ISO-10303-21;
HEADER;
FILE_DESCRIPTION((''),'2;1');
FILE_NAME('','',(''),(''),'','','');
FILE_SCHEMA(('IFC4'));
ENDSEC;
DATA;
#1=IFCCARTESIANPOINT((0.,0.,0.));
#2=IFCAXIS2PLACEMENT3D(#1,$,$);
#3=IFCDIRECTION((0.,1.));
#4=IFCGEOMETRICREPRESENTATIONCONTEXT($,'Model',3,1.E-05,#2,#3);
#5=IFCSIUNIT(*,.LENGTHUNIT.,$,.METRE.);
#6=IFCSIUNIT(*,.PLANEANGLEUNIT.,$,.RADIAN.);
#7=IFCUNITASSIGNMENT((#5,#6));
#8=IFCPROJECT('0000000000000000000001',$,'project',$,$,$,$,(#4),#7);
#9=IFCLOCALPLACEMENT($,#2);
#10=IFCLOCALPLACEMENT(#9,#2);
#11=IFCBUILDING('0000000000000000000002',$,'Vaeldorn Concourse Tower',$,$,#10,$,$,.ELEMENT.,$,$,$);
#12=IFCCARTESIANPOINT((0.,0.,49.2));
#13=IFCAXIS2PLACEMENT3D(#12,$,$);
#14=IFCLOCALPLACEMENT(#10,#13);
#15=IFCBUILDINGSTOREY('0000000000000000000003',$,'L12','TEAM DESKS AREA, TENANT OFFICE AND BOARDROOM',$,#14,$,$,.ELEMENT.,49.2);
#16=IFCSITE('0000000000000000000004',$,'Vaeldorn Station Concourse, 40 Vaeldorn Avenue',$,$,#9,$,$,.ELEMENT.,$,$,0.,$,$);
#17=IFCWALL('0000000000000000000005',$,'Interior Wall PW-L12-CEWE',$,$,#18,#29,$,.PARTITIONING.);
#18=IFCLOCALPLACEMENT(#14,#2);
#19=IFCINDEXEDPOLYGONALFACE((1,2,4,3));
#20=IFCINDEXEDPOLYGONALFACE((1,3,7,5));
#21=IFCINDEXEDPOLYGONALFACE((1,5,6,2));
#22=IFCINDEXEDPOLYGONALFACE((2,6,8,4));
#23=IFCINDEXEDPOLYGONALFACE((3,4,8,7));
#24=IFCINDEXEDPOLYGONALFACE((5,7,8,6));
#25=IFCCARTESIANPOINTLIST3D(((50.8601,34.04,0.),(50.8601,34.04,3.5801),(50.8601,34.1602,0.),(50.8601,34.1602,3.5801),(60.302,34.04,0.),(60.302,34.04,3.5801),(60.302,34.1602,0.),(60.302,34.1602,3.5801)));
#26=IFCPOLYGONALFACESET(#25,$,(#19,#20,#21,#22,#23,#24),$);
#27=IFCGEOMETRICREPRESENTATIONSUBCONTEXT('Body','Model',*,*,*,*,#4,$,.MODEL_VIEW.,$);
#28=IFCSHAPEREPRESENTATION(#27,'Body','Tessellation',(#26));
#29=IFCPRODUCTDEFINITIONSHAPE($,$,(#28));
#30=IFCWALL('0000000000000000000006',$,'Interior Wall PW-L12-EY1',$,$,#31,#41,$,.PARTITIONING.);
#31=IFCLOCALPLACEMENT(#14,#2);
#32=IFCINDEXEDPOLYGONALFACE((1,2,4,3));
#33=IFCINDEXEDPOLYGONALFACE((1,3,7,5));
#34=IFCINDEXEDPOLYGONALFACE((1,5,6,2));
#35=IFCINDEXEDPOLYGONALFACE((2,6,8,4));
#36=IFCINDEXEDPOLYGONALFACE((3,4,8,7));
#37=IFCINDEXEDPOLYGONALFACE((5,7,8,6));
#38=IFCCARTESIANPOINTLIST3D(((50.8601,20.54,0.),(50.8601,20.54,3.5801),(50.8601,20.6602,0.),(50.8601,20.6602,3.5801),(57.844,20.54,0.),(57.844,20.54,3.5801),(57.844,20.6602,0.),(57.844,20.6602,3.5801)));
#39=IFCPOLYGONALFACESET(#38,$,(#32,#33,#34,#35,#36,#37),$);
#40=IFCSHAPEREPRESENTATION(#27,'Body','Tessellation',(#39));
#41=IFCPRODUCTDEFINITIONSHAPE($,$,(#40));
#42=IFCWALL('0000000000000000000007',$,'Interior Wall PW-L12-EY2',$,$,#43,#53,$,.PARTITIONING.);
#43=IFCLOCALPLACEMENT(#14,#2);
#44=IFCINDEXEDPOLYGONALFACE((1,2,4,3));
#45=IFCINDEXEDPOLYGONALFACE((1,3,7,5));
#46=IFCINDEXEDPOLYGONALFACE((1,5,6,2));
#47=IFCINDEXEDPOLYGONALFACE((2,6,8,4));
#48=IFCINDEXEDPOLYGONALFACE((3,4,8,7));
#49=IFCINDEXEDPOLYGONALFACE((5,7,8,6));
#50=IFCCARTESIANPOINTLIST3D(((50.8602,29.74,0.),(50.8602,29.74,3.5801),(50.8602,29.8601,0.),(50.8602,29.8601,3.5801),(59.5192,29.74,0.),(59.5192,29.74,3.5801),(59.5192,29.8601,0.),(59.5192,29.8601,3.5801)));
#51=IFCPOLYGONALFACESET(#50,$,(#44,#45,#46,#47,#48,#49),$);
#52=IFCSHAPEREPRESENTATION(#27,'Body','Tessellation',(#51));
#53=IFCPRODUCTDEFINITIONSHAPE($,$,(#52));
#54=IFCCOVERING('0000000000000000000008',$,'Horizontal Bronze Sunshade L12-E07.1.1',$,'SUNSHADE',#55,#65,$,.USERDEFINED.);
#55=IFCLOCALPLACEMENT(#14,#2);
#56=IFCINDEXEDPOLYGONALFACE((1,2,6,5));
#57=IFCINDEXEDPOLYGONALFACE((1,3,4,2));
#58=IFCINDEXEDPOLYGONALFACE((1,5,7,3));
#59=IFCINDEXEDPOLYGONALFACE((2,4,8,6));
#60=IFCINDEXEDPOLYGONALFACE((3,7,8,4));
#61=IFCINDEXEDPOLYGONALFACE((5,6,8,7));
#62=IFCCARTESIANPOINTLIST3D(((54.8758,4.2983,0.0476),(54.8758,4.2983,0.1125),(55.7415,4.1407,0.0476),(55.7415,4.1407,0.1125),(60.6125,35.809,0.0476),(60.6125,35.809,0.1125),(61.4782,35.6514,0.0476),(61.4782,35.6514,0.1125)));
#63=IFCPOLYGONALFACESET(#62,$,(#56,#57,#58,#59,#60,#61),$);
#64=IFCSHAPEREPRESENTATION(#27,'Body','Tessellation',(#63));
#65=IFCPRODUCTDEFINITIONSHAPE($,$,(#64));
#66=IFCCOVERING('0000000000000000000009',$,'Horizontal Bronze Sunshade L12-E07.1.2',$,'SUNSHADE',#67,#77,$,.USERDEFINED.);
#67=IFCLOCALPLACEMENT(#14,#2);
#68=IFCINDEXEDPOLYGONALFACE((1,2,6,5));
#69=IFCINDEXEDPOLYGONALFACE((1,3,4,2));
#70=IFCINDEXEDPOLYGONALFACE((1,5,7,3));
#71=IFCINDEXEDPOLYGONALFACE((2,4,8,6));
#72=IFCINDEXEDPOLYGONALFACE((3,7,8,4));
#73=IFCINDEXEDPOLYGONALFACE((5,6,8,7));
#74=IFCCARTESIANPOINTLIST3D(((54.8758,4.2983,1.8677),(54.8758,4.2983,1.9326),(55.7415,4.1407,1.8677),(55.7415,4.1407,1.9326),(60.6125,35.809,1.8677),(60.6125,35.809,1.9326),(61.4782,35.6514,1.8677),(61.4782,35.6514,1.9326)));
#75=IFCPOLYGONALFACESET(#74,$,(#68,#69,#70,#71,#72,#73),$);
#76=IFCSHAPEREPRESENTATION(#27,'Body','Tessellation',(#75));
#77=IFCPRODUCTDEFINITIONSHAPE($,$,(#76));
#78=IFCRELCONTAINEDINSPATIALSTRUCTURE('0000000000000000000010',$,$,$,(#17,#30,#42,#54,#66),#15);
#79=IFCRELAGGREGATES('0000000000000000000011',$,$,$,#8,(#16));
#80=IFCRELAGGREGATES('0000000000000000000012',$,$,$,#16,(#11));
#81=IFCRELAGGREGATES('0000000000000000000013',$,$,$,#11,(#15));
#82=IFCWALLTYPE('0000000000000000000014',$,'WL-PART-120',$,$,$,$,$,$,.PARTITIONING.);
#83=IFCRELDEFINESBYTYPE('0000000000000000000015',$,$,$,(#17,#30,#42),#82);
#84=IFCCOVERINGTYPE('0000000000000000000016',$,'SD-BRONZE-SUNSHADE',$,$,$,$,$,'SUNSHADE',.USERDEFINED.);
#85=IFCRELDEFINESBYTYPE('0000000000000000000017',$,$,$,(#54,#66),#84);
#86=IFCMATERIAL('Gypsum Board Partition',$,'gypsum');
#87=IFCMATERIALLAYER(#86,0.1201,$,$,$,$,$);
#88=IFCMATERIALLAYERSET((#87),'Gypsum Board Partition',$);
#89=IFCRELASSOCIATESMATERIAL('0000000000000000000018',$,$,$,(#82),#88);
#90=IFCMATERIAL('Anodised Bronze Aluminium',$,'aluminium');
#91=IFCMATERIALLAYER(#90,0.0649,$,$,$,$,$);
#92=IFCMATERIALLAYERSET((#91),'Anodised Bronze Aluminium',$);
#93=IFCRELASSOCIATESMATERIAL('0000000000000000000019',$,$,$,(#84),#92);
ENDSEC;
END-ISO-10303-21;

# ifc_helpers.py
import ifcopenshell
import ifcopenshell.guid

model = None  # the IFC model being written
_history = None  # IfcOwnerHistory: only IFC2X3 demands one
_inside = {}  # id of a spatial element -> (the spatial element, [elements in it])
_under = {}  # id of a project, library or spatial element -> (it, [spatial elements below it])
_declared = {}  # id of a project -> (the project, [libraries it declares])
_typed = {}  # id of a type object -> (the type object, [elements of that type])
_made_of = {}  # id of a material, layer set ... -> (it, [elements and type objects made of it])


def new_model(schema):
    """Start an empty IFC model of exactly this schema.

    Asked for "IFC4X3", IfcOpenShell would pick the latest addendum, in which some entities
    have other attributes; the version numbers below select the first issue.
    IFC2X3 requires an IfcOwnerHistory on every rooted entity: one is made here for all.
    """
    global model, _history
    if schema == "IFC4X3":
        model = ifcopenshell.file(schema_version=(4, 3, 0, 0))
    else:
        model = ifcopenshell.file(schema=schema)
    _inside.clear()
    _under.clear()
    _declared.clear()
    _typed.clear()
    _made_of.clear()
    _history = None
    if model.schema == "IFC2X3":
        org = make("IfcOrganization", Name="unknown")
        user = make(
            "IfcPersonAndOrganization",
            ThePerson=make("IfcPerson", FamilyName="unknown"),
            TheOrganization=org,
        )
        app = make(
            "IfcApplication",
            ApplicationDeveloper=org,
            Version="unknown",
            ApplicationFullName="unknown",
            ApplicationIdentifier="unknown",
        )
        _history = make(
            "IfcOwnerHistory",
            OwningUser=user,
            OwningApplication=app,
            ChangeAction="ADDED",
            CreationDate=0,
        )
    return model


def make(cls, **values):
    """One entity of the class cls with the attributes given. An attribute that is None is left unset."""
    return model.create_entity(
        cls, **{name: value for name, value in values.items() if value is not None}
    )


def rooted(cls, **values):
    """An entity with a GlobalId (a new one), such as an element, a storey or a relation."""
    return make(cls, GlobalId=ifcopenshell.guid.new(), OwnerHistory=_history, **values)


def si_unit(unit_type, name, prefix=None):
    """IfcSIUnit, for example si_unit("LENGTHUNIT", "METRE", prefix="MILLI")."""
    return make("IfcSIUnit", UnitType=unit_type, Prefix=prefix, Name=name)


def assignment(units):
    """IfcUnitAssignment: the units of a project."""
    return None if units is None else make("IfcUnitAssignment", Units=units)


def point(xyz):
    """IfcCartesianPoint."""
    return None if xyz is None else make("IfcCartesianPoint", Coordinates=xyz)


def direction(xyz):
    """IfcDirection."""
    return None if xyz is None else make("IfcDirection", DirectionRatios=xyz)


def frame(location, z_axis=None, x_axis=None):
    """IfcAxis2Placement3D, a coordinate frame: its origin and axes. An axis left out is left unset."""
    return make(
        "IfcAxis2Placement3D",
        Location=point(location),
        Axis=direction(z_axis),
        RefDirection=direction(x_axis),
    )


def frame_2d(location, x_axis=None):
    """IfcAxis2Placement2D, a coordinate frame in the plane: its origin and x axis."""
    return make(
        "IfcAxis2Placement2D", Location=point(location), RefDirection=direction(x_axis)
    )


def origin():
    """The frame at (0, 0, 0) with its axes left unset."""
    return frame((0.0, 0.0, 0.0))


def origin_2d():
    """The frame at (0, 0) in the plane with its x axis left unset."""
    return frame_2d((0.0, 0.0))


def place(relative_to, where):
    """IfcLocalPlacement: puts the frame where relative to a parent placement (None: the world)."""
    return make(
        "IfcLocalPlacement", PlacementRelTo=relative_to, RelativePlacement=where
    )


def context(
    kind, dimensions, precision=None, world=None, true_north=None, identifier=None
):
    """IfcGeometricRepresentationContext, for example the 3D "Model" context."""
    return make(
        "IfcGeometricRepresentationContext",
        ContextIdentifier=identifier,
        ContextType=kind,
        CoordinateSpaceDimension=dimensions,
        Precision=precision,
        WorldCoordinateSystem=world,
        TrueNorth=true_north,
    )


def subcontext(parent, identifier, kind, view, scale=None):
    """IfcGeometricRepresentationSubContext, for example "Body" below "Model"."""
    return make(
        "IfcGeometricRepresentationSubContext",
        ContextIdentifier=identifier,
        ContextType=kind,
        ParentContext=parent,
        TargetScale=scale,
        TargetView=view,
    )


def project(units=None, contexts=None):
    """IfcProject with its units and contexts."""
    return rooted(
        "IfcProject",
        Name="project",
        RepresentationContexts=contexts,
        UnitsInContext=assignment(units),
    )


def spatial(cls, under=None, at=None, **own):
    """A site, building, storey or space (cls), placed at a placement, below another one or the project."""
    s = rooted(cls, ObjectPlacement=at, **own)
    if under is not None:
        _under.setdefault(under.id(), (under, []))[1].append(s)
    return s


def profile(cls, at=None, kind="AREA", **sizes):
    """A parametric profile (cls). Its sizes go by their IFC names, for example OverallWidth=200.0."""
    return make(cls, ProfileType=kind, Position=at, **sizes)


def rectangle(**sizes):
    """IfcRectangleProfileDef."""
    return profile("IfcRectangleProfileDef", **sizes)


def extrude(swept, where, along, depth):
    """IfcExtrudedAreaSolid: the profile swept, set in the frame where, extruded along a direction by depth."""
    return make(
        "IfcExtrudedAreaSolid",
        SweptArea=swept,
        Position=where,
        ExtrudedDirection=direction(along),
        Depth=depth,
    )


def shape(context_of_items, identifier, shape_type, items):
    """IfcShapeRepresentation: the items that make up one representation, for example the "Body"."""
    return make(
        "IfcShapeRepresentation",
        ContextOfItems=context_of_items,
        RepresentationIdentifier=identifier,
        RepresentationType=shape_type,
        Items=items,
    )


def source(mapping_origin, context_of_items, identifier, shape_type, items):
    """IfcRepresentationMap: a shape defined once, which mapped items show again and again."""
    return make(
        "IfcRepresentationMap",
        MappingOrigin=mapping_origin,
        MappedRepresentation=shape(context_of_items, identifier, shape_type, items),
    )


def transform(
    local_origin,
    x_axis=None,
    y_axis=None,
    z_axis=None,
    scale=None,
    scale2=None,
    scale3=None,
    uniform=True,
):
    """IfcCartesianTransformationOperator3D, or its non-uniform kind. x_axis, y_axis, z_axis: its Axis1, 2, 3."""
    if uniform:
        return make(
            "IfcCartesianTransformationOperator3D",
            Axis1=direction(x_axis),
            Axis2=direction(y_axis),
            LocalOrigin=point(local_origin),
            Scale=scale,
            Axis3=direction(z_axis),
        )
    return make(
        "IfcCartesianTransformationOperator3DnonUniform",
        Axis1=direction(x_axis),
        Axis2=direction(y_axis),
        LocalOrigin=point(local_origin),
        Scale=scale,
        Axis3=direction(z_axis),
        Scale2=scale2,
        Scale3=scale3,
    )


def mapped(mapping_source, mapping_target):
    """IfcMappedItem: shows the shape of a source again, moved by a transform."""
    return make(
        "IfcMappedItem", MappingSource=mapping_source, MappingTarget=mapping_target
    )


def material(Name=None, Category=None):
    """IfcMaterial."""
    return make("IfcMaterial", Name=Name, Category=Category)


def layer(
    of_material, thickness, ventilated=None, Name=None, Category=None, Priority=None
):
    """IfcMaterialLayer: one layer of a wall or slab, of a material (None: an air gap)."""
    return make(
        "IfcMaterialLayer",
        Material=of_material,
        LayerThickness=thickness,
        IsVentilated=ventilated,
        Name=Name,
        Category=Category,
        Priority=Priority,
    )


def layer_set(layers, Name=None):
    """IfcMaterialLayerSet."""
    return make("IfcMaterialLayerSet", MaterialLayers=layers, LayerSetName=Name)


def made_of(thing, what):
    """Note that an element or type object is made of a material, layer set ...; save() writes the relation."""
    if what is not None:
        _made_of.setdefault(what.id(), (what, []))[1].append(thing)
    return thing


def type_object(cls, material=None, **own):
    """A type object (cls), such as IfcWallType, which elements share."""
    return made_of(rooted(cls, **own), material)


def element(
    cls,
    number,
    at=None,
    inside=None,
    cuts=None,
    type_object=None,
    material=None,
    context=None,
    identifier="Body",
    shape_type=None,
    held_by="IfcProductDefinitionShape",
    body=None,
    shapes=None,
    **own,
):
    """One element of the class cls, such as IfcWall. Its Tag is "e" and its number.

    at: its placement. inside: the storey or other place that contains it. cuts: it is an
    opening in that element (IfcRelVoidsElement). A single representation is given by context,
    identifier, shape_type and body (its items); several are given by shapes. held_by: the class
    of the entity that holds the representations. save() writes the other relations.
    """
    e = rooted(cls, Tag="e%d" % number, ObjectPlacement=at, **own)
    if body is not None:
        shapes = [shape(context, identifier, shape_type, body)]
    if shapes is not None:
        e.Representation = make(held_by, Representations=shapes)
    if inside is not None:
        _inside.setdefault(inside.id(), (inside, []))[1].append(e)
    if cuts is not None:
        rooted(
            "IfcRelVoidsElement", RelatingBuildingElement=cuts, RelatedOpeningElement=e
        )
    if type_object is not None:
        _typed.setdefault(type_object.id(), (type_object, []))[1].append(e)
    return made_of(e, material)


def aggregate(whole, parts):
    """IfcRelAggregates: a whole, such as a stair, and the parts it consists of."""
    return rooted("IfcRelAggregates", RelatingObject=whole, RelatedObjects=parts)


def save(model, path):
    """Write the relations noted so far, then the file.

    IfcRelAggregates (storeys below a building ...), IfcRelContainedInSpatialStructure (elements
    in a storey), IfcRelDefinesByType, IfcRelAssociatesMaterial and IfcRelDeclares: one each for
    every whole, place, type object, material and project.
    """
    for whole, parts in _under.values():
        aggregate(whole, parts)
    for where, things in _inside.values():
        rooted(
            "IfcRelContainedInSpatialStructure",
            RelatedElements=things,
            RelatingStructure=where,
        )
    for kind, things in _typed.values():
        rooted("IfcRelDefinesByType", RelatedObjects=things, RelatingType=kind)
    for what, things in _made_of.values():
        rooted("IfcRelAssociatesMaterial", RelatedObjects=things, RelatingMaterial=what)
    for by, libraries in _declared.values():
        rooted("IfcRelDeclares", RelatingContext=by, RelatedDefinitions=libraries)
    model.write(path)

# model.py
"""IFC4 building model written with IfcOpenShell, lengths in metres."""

from ifc_helpers import new_model, si_unit, direction, frame, frame_2d, origin, origin_2d, place, context, subcontext, project, spatial, rectangle, extrude, source, transform, mapped, material, layer, layer_set, type_object, element, save


model = new_model("IFC4")

# Units and contexts
model_context = context("Model", 3, precision=1e-05, world=origin(), true_north=direction((0.0, 1.0)))
body_context = subcontext(model_context, "Body", "Model", "MODEL_VIEW")
ifc_project = project(units=[si_unit("LENGTHUNIT", "METRE"), si_unit("PLANEANGLEUNIT", "RADIAN")], contexts=[model_context])

# Site, building, storey
site_placement = place(None, origin())
site = spatial("IfcSite", under=ifc_project, at=site_placement, Name="Vaeldorn Station Concourse, 40 Vaeldorn Avenue", CompositionType="ELEMENT", RefElevation=0.0)
building_placement = place(site_placement, origin())
building = spatial("IfcBuilding", under=site, at=building_placement, Name="Vaeldorn Concourse Tower", CompositionType="ELEMENT")
storey_placement = place(building_placement, frame((0.0, 0.0, 49.2)))
storey = spatial("IfcBuildingStorey", under=building, at=storey_placement, Name="L12", Description="TEAM DESKS AREA, TENANT OFFICE AND BOARDROOM", CompositionType="ELEMENT", Elevation=49.2)

# Shared definitions
ifc_material_1 = material(Name="Anodised Bronze Aluminium", Category="aluminium")

# Wall
ifc_material_2 = material(Name="Gypsum Board Partition", Category="gypsum")
ifc_layer_1 = layer(ifc_material_2, 0.1201)
ifc_layer_set_1 = layer_set([ifc_layer_1], Name="Gypsum Board Partition")
wall_type = type_object("IfcWallType", Name="WL-PART-120", PredefinedType="PARTITIONING", material=ifc_layer_set_1)
wall_1_placement = place(storey_placement, frame((50.8601, 34.1001, 0.0), z_axis=(0.0, 0.0, 1.0), x_axis=(1.0, 0.0, 0.0)))
element("IfcWall", 1, at=wall_1_placement, inside=storey, type_object=wall_type, Name="Interior Wall PW-L12-CEWE", PredefinedType="PARTITIONING", context=body_context, shape_type="SweptSolid", body=[
    extrude(rectangle(XDim=9.4419, YDim=0.1201, at=frame_2d((4.7209, 0.0))), origin(), (0.0, 0.0, 1.0), 3.5801),
])

# Walls
wall_2_placement = place(storey_placement, frame((50.8601, 20.6001, 0.0), z_axis=(0.0, 0.0, 1.0), x_axis=(1.0, 0.0, 0.0)))
element("IfcWall", 2, at=wall_2_placement, inside=storey, type_object=wall_type, Name="Interior Wall PW-L12-EY1", PredefinedType="PARTITIONING", context=body_context, shape_type="SweptSolid", body=[
    extrude(rectangle(XDim=6.9839, YDim=0.1201, at=frame_2d((3.4919, 0.0))), origin(), (0.0, 0.0, 1.0), 3.5801),
])
wall_3_placement = place(storey_placement, frame((50.8601, 29.8, 0.0), z_axis=(0.0, 0.0, 1.0), x_axis=(1.0, 0.0, 0.0)))
element("IfcWall", 3, at=wall_3_placement, inside=storey, type_object=wall_type, Name="Interior Wall PW-L12-EY2", PredefinedType="PARTITIONING", context=body_context, shape_type="SweptSolid", body=[
    extrude(rectangle(XDim=8.6589, YDim=0.1201, at=frame_2d((4.3296, 0.0))), origin(), (0.0, 0.0, 1.0), 3.5801),
])

# Coverings
ifc_layer_2 = layer(ifc_material_1, 0.0649)
ifc_layer_set_2 = layer_set([ifc_layer_2], Name="Anodised Bronze Aluminium")
covering_type = type_object("IfcCoveringType", Name="SD-BRONZE-SUNSHADE", ElementType="SUNSHADE", PredefinedType="USERDEFINED", material=ifc_layer_set_2)
shared_shape_1 = source(origin(), body_context, "Body", "SweptSolid", [
    extrude(rectangle(XDim=32.0286, YDim=0.8799, at=origin_2d()), origin(), (0.0, 0.0, 1.0), 0.0649),
])
for number, where, z_axis, x_axis, name in (
    (4, (58.177, 19.9749, 0.0476), (0.0, 0.0, 1.0), (0.179111, 0.983829, 0.0), "Horizontal Bronze Sunshade L12-E07.1.1"),
    (5, (58.177, 19.9749, 1.8677), (0.0, 0.0, 1.0), (0.179111, 0.983829, 0.0), "Horizontal Bronze Sunshade L12-E07.1.2"),
):
    element("IfcCovering", number, at=place(storey_placement, frame(where, z_axis=z_axis, x_axis=x_axis)), inside=storey, type_object=covering_type, Name=name, ObjectType="SUNSHADE", PredefinedType="USERDEFINED", context=body_context, shape_type="MappedRepresentation", body=[
        mapped(shared_shape_1, transform((0.0, 0.0, 0.0), scale=1.0)),
    ])

save(model, "model.ifc")
